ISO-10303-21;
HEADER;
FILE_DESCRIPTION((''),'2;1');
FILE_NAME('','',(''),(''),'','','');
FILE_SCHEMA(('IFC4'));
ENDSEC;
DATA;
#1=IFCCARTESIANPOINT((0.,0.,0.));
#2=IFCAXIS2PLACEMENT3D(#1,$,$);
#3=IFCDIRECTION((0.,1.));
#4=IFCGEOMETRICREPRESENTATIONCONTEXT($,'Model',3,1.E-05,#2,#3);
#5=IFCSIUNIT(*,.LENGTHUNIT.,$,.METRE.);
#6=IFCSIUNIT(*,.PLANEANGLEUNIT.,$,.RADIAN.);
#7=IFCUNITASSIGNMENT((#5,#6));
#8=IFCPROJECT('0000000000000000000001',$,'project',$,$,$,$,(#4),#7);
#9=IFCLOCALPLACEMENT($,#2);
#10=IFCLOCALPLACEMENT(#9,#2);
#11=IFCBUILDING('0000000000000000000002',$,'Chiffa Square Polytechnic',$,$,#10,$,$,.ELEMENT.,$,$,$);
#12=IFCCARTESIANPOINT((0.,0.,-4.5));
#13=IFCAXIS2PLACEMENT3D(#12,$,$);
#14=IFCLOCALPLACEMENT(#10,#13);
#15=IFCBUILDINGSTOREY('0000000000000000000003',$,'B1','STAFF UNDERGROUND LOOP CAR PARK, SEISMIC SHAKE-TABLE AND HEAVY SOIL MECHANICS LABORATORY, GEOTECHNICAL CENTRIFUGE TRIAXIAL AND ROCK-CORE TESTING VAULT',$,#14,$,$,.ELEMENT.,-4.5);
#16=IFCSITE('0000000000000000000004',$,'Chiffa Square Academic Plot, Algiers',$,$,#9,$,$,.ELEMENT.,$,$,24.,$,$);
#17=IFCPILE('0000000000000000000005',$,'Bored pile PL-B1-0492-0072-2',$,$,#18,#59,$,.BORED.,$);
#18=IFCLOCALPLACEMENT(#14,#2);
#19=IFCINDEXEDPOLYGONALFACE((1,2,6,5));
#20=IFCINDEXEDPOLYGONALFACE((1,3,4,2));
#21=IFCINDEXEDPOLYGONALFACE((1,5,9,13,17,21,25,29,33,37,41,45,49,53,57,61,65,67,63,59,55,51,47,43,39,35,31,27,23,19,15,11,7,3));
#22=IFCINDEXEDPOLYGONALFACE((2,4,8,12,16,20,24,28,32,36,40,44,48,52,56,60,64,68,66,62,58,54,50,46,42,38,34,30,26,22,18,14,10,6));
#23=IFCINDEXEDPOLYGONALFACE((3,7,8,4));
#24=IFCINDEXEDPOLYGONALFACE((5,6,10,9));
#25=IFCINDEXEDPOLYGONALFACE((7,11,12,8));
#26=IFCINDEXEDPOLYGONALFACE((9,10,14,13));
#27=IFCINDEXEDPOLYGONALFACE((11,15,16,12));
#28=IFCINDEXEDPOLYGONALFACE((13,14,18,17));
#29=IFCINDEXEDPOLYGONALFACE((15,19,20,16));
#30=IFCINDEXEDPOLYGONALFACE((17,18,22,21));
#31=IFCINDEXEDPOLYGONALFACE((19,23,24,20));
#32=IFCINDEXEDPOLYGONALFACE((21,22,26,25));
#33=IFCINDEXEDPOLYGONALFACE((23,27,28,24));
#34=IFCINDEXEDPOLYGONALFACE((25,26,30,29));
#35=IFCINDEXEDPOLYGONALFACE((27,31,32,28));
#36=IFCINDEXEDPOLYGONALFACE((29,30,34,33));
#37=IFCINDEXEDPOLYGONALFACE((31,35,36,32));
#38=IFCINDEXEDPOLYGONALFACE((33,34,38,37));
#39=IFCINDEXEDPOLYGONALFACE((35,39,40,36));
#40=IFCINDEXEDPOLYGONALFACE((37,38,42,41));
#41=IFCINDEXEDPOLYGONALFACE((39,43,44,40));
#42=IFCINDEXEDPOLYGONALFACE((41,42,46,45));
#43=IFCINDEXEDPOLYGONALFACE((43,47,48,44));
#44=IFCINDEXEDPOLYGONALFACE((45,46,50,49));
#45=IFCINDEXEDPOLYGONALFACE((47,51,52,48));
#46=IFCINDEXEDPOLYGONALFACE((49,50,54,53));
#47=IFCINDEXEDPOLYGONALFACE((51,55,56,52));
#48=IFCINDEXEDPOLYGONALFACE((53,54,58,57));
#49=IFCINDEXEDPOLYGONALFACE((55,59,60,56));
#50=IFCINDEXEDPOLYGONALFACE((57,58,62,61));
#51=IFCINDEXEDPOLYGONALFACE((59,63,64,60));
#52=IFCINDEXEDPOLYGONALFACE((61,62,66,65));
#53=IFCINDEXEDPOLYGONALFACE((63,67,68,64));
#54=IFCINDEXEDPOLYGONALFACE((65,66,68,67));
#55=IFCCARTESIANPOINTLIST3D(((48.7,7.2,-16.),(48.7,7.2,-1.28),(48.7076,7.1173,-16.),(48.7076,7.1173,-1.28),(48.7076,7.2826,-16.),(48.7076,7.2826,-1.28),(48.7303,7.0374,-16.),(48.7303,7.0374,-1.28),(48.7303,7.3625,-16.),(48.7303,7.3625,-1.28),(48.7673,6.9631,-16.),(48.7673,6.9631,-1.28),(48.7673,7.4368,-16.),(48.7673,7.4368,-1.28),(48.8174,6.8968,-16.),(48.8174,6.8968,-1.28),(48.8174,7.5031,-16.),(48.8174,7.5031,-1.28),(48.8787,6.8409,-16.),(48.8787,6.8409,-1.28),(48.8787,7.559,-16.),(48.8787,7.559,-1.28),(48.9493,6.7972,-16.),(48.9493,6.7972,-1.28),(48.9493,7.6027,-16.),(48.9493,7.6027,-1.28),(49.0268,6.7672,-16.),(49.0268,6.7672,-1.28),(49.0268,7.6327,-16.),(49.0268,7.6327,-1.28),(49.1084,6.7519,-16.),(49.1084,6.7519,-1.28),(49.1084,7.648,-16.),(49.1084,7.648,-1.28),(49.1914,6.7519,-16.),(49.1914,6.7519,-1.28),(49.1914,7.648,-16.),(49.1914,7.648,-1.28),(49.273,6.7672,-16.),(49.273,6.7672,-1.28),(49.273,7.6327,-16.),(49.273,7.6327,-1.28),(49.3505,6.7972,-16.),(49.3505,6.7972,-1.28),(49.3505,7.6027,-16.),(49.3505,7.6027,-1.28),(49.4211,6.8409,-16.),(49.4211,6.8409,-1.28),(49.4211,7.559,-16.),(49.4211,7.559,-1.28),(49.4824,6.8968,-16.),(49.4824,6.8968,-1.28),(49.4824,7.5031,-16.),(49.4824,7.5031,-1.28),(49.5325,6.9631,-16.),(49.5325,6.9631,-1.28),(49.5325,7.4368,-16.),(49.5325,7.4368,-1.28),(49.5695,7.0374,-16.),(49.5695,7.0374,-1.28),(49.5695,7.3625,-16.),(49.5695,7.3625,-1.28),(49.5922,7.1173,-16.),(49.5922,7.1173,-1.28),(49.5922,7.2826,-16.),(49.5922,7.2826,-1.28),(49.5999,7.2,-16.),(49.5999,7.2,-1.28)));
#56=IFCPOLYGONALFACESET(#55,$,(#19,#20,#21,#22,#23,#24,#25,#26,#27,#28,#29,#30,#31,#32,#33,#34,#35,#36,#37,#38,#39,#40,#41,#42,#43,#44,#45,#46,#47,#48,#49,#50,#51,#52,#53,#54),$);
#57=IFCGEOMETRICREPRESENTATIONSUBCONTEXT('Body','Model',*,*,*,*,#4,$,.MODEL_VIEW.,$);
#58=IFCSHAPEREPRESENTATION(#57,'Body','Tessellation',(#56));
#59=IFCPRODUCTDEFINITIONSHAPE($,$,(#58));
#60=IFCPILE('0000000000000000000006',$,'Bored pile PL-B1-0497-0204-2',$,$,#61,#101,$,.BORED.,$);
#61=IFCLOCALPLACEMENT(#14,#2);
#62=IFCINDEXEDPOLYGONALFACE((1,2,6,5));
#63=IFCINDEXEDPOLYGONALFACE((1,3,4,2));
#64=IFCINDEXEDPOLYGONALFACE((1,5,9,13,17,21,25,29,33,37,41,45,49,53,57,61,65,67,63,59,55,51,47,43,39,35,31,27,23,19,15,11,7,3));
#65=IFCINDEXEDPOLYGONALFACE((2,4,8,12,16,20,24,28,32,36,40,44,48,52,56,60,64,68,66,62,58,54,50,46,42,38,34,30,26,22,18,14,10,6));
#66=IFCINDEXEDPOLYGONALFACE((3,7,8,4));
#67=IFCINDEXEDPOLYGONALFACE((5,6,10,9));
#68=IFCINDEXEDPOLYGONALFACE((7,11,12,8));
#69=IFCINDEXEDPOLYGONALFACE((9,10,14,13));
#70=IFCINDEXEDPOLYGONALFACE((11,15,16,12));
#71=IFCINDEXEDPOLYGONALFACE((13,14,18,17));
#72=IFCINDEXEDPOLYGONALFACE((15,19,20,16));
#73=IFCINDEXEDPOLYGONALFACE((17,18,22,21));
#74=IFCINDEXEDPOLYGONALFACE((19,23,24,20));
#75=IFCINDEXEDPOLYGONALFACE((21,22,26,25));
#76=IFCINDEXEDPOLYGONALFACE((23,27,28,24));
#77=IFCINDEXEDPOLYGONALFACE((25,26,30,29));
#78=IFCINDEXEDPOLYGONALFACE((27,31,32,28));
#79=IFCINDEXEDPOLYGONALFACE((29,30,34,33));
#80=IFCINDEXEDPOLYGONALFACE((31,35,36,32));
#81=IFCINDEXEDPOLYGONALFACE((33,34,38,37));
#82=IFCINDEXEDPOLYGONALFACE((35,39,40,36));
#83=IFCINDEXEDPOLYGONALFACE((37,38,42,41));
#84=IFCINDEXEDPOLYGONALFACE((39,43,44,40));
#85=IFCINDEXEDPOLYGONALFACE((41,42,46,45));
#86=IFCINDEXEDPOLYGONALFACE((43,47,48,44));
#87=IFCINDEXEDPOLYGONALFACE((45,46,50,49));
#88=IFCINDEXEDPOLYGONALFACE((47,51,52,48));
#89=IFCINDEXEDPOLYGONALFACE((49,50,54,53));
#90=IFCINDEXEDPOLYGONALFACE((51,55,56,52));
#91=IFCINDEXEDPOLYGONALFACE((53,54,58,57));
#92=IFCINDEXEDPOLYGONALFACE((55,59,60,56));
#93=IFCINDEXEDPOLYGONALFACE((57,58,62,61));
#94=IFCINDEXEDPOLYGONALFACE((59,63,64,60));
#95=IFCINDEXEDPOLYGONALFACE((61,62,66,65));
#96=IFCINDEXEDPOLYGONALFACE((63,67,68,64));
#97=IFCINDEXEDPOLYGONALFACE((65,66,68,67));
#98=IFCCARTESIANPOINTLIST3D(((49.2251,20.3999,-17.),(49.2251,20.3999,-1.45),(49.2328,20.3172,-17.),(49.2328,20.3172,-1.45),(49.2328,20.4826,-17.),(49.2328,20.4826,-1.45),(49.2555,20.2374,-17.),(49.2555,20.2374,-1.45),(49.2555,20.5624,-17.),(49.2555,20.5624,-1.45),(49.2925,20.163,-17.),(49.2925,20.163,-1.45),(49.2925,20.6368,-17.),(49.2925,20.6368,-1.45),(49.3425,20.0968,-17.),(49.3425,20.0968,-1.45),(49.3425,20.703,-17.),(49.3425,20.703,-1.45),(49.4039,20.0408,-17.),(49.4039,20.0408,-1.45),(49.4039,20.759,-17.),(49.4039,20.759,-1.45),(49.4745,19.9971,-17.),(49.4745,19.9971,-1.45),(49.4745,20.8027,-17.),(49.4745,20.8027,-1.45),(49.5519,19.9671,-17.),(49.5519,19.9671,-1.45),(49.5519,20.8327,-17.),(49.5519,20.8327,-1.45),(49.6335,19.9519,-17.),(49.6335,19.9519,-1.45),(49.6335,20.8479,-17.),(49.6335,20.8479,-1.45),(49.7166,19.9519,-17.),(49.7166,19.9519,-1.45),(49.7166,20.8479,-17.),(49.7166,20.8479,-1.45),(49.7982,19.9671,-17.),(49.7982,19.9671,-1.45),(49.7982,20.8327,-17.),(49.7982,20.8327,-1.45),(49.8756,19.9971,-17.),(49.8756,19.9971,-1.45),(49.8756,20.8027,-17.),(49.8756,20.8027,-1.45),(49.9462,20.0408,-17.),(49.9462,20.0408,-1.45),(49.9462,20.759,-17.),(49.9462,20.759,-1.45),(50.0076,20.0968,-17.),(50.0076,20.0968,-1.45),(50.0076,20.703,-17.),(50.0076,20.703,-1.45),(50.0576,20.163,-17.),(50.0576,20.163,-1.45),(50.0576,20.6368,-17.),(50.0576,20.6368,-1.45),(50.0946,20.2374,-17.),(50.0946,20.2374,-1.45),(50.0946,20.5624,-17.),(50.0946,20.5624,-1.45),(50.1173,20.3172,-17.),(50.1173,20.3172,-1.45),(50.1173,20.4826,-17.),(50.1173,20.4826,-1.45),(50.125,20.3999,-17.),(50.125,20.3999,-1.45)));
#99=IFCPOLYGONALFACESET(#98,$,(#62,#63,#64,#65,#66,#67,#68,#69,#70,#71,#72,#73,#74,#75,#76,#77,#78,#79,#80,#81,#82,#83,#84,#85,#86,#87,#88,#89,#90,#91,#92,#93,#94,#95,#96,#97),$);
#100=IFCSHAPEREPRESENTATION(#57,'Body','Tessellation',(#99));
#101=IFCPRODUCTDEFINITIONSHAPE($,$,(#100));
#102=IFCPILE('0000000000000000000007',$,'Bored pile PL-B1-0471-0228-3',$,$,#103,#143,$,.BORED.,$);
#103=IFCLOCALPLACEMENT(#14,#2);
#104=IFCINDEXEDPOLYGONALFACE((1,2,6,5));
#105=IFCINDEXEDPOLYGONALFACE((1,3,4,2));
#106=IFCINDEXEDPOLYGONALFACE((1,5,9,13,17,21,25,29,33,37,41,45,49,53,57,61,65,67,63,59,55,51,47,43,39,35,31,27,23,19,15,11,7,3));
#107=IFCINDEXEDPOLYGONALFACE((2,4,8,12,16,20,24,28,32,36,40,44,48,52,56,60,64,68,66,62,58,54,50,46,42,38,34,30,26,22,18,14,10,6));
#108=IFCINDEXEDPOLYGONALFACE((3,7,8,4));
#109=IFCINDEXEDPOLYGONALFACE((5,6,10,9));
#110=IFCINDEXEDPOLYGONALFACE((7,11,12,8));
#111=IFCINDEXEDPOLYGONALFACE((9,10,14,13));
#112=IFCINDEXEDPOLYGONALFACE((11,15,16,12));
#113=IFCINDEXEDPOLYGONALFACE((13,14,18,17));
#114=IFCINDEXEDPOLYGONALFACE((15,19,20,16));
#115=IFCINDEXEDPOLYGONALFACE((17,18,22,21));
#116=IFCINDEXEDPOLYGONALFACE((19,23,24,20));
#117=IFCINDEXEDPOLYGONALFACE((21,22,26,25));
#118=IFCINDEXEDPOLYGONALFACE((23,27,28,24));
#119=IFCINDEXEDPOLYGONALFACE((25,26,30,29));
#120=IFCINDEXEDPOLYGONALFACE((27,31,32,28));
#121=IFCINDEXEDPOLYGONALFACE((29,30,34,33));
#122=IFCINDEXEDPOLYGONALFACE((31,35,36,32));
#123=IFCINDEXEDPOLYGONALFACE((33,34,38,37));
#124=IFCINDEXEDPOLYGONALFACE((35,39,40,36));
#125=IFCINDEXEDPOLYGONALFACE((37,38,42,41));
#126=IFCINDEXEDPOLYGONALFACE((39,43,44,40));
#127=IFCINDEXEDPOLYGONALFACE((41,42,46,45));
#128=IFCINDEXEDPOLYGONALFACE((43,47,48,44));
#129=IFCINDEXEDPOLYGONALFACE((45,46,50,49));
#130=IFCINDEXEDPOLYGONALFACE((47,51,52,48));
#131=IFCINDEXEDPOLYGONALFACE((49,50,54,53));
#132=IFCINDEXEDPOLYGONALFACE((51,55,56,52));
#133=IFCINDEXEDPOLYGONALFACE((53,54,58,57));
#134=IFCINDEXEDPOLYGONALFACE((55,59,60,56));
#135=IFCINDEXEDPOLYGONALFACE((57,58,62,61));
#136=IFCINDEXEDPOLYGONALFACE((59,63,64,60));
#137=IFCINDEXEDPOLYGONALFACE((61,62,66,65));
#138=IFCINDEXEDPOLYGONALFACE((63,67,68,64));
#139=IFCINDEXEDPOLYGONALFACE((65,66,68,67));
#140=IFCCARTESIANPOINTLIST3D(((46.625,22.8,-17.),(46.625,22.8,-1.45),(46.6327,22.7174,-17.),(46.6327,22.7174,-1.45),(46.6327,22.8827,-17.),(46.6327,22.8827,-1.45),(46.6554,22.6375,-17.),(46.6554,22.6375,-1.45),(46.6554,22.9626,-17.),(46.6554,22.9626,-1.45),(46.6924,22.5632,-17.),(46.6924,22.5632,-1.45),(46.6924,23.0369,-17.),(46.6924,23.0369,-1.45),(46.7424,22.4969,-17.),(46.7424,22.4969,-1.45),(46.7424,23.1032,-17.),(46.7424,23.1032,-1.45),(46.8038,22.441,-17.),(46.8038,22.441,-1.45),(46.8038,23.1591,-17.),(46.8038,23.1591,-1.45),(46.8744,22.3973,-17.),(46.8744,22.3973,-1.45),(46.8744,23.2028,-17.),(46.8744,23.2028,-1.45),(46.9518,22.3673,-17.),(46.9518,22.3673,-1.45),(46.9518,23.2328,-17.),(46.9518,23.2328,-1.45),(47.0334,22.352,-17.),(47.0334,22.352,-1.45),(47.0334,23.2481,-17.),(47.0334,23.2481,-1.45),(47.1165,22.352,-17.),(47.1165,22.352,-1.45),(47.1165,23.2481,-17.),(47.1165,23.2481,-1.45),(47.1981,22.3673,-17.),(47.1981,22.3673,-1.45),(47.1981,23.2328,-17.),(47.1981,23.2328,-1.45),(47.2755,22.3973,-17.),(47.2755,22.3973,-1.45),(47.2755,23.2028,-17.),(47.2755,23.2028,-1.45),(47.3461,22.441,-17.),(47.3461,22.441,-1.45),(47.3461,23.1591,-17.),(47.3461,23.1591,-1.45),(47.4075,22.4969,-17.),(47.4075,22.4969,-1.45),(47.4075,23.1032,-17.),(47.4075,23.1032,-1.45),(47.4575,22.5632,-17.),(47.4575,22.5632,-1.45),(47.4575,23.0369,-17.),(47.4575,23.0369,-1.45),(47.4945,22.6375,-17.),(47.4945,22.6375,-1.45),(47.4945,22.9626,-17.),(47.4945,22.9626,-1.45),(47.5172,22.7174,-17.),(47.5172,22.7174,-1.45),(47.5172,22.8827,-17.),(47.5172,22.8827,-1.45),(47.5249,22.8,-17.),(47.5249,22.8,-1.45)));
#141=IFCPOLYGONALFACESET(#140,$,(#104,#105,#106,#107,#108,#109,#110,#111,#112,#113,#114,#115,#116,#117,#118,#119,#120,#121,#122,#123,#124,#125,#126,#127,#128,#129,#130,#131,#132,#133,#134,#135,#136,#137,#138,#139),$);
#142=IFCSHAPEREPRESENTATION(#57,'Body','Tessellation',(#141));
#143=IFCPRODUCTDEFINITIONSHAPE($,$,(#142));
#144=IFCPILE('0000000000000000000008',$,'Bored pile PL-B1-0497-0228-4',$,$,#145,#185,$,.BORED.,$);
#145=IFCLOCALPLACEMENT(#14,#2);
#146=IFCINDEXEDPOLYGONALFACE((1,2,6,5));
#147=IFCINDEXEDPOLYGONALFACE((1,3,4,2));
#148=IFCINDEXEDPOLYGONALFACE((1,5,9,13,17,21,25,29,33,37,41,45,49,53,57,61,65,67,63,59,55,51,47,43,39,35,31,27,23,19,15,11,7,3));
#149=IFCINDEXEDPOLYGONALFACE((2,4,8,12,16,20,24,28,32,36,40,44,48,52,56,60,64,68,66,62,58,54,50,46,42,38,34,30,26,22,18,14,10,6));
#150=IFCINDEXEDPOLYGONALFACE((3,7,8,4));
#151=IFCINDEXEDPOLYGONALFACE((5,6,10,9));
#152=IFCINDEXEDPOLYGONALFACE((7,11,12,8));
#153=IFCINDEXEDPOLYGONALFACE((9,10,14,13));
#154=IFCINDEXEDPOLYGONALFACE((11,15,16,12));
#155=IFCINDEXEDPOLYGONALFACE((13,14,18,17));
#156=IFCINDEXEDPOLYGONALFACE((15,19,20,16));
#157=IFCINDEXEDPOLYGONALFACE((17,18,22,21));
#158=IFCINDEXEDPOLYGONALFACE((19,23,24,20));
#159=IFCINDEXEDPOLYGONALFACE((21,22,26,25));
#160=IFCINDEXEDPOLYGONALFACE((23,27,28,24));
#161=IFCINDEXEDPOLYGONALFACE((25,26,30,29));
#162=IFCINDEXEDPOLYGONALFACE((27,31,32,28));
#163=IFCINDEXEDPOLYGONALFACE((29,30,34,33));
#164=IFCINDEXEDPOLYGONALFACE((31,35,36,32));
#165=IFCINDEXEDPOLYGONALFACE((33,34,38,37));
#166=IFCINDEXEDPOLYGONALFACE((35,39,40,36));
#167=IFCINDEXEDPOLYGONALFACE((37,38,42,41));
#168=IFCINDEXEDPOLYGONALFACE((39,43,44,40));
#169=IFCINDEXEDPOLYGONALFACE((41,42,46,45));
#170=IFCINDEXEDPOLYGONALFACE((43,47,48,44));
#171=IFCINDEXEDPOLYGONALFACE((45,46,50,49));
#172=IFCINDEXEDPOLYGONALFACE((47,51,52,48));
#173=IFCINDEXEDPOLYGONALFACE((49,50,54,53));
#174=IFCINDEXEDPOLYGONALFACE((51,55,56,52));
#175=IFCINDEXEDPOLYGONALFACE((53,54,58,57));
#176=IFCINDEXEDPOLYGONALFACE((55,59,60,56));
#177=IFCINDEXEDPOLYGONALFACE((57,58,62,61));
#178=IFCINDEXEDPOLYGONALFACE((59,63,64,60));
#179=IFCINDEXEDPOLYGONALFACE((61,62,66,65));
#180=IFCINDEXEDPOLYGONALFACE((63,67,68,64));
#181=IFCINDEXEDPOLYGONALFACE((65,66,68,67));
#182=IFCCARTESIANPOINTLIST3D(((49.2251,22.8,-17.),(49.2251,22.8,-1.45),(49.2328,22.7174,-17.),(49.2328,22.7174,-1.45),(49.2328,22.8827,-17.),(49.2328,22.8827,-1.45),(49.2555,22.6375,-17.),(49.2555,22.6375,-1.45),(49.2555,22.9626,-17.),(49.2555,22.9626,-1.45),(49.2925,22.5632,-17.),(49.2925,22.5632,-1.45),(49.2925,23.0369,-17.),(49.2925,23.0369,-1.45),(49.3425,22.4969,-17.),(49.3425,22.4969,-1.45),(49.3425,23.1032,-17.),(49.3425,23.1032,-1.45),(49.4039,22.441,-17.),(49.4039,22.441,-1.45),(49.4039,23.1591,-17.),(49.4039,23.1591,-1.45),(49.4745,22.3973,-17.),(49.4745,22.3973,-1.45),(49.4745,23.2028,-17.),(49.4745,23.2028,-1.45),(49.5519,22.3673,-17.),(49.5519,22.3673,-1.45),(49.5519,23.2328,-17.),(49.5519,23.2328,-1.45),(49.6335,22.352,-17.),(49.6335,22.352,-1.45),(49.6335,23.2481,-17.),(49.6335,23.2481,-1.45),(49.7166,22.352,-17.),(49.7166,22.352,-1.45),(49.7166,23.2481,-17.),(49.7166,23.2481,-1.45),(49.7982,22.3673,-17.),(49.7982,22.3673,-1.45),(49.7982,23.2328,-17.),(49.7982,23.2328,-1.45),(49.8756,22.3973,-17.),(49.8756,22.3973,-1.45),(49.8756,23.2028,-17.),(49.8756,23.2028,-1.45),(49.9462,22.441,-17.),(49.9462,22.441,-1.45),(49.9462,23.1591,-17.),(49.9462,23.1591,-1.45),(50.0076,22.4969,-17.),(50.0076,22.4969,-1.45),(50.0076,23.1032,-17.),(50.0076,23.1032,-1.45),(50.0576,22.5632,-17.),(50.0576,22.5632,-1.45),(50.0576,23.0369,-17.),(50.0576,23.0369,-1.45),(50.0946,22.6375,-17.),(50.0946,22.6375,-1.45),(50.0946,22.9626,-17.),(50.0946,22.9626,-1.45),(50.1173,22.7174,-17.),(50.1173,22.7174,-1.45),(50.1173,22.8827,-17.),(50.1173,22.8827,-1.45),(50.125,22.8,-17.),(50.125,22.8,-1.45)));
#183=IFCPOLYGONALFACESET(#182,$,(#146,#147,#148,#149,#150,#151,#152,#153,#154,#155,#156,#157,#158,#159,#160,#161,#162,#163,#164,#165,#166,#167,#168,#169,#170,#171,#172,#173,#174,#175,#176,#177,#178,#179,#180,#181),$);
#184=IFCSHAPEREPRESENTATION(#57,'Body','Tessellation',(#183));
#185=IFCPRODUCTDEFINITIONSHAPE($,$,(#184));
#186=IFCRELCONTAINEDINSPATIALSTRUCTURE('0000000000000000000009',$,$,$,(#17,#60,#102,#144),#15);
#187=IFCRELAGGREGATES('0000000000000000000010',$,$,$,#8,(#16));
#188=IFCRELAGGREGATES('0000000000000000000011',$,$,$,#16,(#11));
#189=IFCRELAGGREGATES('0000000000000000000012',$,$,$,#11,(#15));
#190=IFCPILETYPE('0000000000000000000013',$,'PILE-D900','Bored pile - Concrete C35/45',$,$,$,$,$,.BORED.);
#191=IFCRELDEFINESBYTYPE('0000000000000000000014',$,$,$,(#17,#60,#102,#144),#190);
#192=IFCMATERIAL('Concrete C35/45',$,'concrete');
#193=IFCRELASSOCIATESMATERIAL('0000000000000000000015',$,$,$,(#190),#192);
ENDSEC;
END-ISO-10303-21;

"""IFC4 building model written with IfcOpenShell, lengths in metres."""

from ifc_helpers import new_model, si_unit, direction, frame, origin, origin_2d, place, context, subcontext, project, spatial, circle, extrude, material, material_profile, profile_set, type_object, element, save


model = new_model("IFC4")

# Units and contexts
model_context = context("Model", 3, precision=1e-05, world=origin(), true_north=direction((0.0, 1.0)))
body_context = subcontext(model_context, "Body", "Model", "MODEL_VIEW")
ifc_project = project(units=[si_unit("LENGTHUNIT", "METRE"), si_unit("PLANEANGLEUNIT", "RADIAN")], contexts=[model_context])

# Site, building, storey
site_placement = place(None, origin())
site = spatial("IfcSite", under=ifc_project, at=site_placement, Name="Chiffa Square Academic Plot, Algiers", CompositionType="ELEMENT", RefElevation=24.0)
building_placement = place(site_placement, origin())
building = spatial("IfcBuilding", under=site, at=building_placement, Name="Chiffa Square Polytechnic", CompositionType="ELEMENT")
storey_placement = place(building_placement, frame((0.0, 0.0, -4.5)))
storey = spatial("IfcBuildingStorey", under=building, at=storey_placement, Name="B1", Description="STAFF UNDERGROUND LOOP CAR PARK, SEISMIC SHAKE-TABLE AND HEAVY SOIL MECHANICS LABORATORY, GEOTECHNICAL CENTRIFUGE TRIAXIAL AND ROCK-CORE TESTING VAULT", CompositionType="ELEMENT", Elevation=-4.5)

# Shared definitions
ifc_material_1 = material(Name="Concrete C35/45", Category="concrete")

# Piles
ifc_material_profile_1 = material_profile(ifc_material_1, circle(Radius=0.45, at=origin_2d()), Name="PILE D900")
ifc_profile_set_1 = profile_set([ifc_material_profile_1], Name="Concrete C35/45")
pile_type_1 = type_object("IfcPileType", Name="PILE-D900", Description="Bored pile - Concrete C35/45", PredefinedType="BORED", material=ifc_profile_set_1)
pile_1_placement = place(storey_placement, frame((49.1499, 7.2, -1.28), z_axis=(0.0, 0.0, -1.0), x_axis=(1.0, 0.0, 0.0)))
element("IfcPile", 1, at=pile_1_placement, inside=storey, type_object=pile_type_1, Name="Bored pile PL-B1-0492-0072-2", PredefinedType="BORED", context=body_context, shape_type="SweptSolid", body=[
    extrude(circle(Radius=0.45, at=origin_2d()), origin(), (0.0, 0.0, 1.0), 14.72),
])
for number, where, z_axis, x_axis, name in (
    (2, (49.675, 20.3999, -1.45), (0.0, 0.0, -1.0), (1.0, 0.0, 0.0), "Bored pile PL-B1-0497-0204-2"),
    (3, (47.075, 22.8, -1.45), (0.0, 0.0, -1.0), (1.0, 0.0, 0.0), "Bored pile PL-B1-0471-0228-3"),
    (4, (49.675, 22.8, -1.45), (0.0, 0.0, -1.0), (1.0, 0.0, 0.0), "Bored pile PL-B1-0497-0228-4"),
):
    element("IfcPile", number, at=place(storey_placement, frame(where, z_axis=z_axis, x_axis=x_axis)), inside=storey, type_object=pile_type_1, Name=name, PredefinedType="BORED", context=body_context, shape_type="SweptSolid", body=[
        extrude(circle(Radius=0.45, at=origin_2d()), origin(), (0.0, 0.0, 1.0), 15.55),
    ])

save(model, "model.ifc")
